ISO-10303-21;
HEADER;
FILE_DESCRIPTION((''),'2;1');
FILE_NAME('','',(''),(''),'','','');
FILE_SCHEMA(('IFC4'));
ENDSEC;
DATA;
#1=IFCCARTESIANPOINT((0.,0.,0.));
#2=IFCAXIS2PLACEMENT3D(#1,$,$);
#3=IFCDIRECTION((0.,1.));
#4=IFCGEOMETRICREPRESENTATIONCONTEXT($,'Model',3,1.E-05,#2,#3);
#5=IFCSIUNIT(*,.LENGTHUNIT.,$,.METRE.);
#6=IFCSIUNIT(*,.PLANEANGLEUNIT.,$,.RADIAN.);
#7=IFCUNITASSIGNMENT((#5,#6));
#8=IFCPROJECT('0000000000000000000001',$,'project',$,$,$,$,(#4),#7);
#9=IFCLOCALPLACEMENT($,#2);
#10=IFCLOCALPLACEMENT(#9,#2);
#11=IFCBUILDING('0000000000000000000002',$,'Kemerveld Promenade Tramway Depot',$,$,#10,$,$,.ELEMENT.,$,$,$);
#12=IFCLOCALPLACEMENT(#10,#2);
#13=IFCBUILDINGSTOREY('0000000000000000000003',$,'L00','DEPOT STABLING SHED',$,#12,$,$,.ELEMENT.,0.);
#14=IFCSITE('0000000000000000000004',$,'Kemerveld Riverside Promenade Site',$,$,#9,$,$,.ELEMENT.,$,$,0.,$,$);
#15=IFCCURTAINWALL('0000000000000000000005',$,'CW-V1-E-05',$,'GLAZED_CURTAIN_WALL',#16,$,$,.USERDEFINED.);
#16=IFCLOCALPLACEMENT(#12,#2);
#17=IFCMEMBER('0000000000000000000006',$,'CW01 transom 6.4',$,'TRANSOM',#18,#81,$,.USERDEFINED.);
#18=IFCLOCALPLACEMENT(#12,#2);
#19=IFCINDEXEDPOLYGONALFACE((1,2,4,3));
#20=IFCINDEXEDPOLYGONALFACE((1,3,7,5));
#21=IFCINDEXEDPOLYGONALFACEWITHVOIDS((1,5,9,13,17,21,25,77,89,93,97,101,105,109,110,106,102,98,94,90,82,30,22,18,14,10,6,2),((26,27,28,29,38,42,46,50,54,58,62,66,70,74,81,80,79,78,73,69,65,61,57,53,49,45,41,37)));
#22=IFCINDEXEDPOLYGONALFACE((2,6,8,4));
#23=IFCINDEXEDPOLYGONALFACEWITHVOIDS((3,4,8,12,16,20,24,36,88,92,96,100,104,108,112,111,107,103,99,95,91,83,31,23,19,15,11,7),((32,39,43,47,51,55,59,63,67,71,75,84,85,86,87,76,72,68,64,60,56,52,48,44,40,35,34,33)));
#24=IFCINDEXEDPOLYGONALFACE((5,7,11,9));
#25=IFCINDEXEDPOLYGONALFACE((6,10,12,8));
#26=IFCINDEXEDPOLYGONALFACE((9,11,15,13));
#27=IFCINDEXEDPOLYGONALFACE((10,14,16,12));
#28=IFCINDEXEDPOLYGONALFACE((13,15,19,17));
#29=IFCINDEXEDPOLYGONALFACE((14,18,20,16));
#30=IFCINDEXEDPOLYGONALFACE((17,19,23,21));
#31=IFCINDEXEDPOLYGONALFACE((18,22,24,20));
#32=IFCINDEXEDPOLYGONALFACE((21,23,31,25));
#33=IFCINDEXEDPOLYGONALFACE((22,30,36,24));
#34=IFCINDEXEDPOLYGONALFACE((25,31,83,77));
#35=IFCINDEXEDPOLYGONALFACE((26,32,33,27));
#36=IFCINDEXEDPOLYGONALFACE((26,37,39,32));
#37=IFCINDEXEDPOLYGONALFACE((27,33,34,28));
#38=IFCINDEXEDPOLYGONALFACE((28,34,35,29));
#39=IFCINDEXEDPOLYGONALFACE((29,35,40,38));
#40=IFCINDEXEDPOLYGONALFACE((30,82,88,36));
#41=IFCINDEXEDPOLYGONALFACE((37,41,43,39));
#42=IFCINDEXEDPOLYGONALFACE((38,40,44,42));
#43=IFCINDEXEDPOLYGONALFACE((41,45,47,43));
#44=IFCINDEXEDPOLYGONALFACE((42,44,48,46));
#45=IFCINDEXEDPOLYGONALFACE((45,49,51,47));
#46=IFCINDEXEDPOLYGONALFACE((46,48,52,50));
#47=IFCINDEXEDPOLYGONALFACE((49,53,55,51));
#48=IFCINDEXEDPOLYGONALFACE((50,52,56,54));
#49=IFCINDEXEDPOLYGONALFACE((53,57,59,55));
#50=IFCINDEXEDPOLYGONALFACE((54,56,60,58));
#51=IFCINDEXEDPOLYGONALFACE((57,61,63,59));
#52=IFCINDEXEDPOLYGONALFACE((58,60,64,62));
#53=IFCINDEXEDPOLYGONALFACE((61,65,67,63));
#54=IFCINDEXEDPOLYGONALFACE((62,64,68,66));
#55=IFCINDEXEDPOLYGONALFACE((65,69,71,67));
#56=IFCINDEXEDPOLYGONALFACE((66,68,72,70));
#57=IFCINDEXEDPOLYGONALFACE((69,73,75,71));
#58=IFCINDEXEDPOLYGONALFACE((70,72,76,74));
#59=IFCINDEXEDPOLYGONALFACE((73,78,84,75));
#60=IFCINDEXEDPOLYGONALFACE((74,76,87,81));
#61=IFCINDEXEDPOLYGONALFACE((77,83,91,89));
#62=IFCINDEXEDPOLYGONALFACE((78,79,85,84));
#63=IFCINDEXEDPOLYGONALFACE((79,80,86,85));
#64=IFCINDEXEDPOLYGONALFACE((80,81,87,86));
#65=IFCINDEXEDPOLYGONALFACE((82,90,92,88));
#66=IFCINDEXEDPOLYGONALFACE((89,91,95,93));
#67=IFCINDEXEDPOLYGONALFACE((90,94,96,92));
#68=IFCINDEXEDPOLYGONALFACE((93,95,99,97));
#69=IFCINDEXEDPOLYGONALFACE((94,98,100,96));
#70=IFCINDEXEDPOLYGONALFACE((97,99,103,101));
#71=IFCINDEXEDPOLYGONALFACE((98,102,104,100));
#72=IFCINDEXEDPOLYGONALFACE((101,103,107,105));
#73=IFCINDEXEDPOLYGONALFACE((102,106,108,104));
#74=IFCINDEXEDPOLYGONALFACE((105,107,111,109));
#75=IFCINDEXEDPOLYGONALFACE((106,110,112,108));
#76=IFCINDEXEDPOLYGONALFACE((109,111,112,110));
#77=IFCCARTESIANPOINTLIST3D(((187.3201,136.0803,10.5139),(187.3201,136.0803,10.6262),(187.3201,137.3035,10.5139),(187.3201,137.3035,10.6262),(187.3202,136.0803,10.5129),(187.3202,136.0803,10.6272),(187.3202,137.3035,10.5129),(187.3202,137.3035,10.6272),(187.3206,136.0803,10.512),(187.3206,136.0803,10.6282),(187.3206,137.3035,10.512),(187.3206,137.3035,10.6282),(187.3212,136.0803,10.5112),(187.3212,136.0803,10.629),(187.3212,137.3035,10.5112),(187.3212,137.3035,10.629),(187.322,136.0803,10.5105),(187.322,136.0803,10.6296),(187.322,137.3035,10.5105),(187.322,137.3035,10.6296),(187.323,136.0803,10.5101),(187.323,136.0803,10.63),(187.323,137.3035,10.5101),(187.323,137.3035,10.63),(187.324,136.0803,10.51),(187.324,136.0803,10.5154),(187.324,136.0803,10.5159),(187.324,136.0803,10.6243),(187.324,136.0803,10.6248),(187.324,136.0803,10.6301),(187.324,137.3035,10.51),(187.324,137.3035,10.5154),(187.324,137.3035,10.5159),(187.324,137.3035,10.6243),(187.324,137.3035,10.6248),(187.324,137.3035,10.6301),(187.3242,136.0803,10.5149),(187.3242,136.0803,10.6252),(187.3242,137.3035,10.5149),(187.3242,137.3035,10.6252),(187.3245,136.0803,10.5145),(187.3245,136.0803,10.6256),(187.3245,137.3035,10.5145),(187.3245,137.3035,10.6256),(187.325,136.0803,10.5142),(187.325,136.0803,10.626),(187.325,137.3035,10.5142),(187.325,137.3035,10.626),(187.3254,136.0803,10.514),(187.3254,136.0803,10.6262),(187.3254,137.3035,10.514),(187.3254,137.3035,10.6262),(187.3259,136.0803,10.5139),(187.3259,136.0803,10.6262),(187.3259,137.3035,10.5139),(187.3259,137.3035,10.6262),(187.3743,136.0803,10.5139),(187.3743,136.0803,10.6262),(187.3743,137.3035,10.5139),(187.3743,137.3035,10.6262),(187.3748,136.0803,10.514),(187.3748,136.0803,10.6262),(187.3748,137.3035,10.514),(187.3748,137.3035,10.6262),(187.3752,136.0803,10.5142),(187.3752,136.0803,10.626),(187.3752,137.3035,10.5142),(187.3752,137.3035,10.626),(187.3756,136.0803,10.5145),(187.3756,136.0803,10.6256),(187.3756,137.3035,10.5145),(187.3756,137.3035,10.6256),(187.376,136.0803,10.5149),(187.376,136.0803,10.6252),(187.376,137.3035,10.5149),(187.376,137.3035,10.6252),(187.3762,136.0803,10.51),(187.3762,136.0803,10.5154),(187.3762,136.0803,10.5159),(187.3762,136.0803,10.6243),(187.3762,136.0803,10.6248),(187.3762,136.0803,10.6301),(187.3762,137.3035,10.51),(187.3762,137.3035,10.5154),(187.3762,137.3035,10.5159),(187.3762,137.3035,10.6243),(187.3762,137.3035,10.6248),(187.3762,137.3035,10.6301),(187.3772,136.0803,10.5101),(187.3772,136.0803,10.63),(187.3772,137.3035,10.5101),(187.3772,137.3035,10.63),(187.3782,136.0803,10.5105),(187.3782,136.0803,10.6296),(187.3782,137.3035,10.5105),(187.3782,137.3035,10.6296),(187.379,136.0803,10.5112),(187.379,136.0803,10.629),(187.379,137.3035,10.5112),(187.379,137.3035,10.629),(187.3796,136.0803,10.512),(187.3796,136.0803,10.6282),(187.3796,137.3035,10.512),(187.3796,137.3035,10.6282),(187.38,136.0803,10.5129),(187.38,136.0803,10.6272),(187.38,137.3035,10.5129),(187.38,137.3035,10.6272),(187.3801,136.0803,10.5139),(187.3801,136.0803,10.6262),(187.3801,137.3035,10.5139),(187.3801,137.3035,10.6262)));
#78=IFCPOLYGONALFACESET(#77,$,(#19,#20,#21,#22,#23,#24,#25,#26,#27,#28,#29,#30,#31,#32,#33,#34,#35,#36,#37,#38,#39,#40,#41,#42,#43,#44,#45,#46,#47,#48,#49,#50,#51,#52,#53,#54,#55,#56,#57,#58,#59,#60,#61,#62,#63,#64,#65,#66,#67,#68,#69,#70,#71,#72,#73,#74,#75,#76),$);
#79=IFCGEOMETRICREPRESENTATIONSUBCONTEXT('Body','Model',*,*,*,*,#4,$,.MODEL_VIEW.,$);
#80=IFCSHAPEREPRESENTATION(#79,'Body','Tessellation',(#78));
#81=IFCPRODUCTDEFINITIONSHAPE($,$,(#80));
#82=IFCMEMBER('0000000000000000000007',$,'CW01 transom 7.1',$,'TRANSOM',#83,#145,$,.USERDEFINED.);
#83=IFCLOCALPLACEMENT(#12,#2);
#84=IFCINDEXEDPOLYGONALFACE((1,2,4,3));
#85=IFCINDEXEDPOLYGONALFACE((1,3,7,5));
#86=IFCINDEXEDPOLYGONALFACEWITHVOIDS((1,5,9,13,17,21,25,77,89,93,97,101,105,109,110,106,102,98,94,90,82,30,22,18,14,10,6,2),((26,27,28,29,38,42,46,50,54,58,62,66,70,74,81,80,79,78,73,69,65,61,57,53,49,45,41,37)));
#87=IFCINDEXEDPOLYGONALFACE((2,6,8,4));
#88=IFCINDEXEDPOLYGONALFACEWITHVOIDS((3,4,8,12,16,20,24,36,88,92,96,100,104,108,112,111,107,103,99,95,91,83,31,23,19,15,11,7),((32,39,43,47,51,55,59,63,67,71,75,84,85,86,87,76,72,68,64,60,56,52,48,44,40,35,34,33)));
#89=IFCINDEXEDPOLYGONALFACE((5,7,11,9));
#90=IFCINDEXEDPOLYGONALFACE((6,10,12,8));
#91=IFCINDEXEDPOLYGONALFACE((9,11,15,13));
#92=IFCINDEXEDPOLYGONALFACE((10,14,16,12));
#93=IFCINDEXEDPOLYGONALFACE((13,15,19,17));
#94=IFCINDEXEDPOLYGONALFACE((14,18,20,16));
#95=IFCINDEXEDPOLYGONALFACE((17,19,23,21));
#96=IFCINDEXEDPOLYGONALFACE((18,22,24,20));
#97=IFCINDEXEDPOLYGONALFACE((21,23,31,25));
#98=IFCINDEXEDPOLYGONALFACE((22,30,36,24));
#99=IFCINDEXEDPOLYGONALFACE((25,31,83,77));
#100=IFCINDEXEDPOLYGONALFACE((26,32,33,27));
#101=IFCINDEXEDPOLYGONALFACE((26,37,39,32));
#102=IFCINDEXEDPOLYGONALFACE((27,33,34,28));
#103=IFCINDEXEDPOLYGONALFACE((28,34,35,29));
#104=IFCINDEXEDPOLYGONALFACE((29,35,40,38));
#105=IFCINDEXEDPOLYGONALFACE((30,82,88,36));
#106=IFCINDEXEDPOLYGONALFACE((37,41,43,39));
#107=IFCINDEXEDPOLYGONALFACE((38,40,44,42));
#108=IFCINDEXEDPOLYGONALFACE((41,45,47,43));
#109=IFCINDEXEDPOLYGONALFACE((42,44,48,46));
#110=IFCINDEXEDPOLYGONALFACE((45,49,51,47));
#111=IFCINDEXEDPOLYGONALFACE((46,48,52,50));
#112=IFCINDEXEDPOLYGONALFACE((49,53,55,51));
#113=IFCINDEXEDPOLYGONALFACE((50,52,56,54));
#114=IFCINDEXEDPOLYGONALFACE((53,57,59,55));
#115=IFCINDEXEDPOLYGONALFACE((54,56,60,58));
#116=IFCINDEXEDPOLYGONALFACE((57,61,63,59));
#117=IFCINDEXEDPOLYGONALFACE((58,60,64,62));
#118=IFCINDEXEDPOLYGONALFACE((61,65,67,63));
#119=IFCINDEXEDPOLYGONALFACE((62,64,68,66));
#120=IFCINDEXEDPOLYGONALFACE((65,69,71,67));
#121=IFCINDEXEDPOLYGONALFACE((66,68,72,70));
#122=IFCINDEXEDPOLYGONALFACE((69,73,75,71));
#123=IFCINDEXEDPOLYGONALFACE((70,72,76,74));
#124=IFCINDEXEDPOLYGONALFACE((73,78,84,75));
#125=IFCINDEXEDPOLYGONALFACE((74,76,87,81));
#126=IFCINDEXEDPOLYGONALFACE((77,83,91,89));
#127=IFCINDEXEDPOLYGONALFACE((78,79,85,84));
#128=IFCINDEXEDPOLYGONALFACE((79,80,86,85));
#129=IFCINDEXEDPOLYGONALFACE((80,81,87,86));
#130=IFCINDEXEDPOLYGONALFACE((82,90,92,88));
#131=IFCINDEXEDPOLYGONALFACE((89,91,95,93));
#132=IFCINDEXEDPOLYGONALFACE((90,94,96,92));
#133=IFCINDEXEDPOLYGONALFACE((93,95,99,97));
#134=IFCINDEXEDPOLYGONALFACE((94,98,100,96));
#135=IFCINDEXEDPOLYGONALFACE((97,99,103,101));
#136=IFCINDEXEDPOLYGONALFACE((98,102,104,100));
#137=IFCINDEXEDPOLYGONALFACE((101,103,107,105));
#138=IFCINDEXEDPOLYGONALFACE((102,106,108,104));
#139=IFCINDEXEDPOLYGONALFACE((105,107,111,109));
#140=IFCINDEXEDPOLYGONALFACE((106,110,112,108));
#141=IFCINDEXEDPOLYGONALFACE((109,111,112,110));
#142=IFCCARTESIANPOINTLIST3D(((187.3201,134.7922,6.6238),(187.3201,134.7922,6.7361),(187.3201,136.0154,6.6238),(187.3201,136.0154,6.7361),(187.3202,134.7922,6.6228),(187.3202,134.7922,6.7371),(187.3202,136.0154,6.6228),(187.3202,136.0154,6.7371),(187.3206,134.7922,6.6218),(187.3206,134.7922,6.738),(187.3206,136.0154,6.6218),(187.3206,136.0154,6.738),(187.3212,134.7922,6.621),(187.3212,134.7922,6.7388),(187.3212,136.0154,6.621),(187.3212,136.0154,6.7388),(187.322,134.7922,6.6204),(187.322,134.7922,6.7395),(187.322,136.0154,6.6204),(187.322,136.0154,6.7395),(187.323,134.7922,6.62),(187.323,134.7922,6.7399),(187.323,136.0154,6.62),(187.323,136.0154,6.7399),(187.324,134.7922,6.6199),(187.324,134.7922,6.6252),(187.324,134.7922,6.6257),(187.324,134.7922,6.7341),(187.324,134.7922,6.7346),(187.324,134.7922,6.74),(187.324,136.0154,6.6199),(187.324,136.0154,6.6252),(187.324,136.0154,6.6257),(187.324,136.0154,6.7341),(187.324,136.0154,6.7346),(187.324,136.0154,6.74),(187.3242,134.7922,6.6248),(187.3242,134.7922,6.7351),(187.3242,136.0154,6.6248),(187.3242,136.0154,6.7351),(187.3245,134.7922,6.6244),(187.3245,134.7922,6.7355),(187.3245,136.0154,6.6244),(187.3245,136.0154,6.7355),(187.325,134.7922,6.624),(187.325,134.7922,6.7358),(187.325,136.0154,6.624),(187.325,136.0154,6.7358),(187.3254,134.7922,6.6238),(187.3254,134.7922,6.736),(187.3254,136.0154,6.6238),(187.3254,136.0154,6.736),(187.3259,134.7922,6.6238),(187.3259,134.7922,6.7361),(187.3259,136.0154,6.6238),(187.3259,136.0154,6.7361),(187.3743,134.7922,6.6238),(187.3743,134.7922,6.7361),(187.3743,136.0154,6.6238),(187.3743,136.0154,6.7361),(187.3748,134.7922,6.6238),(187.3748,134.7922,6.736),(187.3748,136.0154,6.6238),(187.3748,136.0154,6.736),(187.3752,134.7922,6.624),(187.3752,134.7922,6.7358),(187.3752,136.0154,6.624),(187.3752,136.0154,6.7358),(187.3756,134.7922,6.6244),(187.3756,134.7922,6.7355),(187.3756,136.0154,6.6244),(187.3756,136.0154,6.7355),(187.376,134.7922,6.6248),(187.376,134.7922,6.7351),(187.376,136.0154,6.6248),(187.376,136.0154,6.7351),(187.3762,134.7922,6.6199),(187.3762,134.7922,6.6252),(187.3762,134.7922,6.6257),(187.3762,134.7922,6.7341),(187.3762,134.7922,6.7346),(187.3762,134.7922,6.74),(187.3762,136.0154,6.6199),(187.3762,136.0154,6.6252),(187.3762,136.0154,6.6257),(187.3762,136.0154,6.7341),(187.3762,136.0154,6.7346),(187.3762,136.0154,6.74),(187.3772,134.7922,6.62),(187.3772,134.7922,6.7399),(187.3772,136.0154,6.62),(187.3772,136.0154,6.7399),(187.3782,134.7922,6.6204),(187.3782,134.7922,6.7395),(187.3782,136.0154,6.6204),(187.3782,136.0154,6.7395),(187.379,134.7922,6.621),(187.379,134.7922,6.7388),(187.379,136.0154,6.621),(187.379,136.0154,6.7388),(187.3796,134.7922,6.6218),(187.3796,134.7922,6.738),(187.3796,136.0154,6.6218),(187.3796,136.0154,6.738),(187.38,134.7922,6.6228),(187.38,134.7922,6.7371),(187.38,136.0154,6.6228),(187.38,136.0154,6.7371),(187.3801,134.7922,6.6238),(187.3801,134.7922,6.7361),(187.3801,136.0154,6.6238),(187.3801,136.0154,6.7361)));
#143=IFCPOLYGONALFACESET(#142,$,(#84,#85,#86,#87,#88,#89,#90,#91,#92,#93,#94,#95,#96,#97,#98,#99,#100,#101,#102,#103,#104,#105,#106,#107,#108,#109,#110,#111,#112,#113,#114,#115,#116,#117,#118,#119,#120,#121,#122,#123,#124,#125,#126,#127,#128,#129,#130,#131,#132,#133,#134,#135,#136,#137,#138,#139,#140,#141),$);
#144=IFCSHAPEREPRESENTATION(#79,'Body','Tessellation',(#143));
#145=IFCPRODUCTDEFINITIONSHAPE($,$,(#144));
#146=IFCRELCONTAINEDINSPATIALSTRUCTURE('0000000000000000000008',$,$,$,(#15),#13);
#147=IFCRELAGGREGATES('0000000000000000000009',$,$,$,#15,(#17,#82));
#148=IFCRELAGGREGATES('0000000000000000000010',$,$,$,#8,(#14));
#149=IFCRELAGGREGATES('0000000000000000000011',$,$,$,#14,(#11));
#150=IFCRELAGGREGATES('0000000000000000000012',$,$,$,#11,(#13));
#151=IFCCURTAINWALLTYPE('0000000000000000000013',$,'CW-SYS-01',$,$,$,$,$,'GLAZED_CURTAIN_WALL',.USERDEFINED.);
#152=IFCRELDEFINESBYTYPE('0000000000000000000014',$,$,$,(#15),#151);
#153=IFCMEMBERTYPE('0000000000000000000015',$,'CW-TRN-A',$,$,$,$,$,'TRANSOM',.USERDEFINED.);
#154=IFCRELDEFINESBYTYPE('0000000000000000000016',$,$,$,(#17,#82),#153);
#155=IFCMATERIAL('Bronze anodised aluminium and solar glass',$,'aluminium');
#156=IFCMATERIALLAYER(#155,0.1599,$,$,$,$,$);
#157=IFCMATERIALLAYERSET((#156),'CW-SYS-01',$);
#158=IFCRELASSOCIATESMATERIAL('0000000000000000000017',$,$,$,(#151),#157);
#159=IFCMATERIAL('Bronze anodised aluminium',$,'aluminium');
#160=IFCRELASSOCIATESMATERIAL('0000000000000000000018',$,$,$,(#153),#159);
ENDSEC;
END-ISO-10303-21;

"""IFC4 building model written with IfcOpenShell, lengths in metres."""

from ifc_helpers import new_model, si_unit, direction, frame, origin, origin_2d, place, context, subcontext, project, spatial, hollow_rectangle, extrude, material, layer, layer_set, material_profile, profile_set, type_object, element, aggregate, save


model = new_model("IFC4")

# Units and contexts
model_context = context("Model", 3, precision=1e-05, world=origin(), true_north=direction((0.0, 1.0)))
body_context = subcontext(model_context, "Body", "Model", "MODEL_VIEW")
ifc_project = project(units=[si_unit("LENGTHUNIT", "METRE"), si_unit("PLANEANGLEUNIT", "RADIAN")], contexts=[model_context])

# Site, building, storey
site_placement = place(None, origin())
site = spatial("IfcSite", under=ifc_project, at=site_placement, Name="Kemerveld Riverside Promenade Site", CompositionType="ELEMENT", RefElevation=0.0)
building_placement = place(site_placement, origin())
building = spatial("IfcBuilding", under=site, at=building_placement, Name="Kemerveld Promenade Tramway Depot", CompositionType="ELEMENT")
storey_placement = place(building_placement, origin())
storey = spatial("IfcBuildingStorey", under=building, at=storey_placement, Name="L00", Description="DEPOT STABLING SHED", CompositionType="ELEMENT", Elevation=0.0)

# Curtain wall, members
ifc_material_1 = material(Name="Bronze anodised aluminium and solar glass", Category="aluminium")
ifc_layer_1 = layer(ifc_material_1, 0.1599)
ifc_layer_set_1 = layer_set([ifc_layer_1], Name="CW-SYS-01")
curtain_wall_type = type_object("IfcCurtainWallType", Name="CW-SYS-01", ElementType="GLAZED_CURTAIN_WALL", PredefinedType="USERDEFINED", material=ifc_layer_set_1)
curtain_wall_placement = place(storey_placement, origin())
curtain_wall = element("IfcCurtainWall", 1, at=curtain_wall_placement, inside=storey, type_object=curtain_wall_type, Name="CW-V1-E-05", ObjectType="GLAZED_CURTAIN_WALL", PredefinedType="USERDEFINED")
ifc_material_2 = material(Name="Bronze anodised aluminium", Category="aluminium")
ifc_material_profile_1 = material_profile(ifc_material_2, hollow_rectangle(XDim=0.0601, YDim=0.1201, WallThickness=0.0039, InnerFilletRadius=0.002, OuterFilletRadius=0.0039, at=origin_2d()), Name="CW-TRN-120x60")
ifc_profile_set_1 = profile_set([ifc_material_profile_1], Name="Bronze anodised aluminium")
member_type_1 = type_object("IfcMemberType", Name="CW-TRN-A", ElementType="TRANSOM", PredefinedType="USERDEFINED", material=ifc_profile_set_1)
member_1_placement = place(storey_placement, frame((187.3501, 137.3035, 10.5701), z_axis=(0.0, -1.0, 0.0), x_axis=(1.0, 0.0, 0.0)))
member_1 = element("IfcMember", 2, at=member_1_placement, type_object=member_type_1, Name="CW01 transom 6.4", ObjectType="TRANSOM", PredefinedType="USERDEFINED", context=body_context, shape_type="SweptSolid", body=[
    extrude(hollow_rectangle(XDim=0.0601, YDim=0.1201, WallThickness=0.0039, InnerFilletRadius=0.002, OuterFilletRadius=0.0039, at=origin_2d()), origin(), (0.0, 0.0, 1.0), 1.2231),
])
member_2_placement = place(storey_placement, frame((187.3501, 136.0154, 6.6799), z_axis=(0.0, -1.0, 0.0), x_axis=(1.0, 0.0, 0.0)))
member_2 = element("IfcMember", 3, at=member_2_placement, type_object=member_type_1, Name="CW01 transom 7.1", ObjectType="TRANSOM", PredefinedType="USERDEFINED", context=body_context, shape_type="SweptSolid", body=[
    extrude(hollow_rectangle(XDim=0.0601, YDim=0.1201, WallThickness=0.0039, InnerFilletRadius=0.002, OuterFilletRadius=0.0039, at=origin_2d()), origin(), (0.0, 0.0, 1.0), 1.2231),
])
aggregate(curtain_wall, [member_1, member_2])

save(model, "model.ifc")
